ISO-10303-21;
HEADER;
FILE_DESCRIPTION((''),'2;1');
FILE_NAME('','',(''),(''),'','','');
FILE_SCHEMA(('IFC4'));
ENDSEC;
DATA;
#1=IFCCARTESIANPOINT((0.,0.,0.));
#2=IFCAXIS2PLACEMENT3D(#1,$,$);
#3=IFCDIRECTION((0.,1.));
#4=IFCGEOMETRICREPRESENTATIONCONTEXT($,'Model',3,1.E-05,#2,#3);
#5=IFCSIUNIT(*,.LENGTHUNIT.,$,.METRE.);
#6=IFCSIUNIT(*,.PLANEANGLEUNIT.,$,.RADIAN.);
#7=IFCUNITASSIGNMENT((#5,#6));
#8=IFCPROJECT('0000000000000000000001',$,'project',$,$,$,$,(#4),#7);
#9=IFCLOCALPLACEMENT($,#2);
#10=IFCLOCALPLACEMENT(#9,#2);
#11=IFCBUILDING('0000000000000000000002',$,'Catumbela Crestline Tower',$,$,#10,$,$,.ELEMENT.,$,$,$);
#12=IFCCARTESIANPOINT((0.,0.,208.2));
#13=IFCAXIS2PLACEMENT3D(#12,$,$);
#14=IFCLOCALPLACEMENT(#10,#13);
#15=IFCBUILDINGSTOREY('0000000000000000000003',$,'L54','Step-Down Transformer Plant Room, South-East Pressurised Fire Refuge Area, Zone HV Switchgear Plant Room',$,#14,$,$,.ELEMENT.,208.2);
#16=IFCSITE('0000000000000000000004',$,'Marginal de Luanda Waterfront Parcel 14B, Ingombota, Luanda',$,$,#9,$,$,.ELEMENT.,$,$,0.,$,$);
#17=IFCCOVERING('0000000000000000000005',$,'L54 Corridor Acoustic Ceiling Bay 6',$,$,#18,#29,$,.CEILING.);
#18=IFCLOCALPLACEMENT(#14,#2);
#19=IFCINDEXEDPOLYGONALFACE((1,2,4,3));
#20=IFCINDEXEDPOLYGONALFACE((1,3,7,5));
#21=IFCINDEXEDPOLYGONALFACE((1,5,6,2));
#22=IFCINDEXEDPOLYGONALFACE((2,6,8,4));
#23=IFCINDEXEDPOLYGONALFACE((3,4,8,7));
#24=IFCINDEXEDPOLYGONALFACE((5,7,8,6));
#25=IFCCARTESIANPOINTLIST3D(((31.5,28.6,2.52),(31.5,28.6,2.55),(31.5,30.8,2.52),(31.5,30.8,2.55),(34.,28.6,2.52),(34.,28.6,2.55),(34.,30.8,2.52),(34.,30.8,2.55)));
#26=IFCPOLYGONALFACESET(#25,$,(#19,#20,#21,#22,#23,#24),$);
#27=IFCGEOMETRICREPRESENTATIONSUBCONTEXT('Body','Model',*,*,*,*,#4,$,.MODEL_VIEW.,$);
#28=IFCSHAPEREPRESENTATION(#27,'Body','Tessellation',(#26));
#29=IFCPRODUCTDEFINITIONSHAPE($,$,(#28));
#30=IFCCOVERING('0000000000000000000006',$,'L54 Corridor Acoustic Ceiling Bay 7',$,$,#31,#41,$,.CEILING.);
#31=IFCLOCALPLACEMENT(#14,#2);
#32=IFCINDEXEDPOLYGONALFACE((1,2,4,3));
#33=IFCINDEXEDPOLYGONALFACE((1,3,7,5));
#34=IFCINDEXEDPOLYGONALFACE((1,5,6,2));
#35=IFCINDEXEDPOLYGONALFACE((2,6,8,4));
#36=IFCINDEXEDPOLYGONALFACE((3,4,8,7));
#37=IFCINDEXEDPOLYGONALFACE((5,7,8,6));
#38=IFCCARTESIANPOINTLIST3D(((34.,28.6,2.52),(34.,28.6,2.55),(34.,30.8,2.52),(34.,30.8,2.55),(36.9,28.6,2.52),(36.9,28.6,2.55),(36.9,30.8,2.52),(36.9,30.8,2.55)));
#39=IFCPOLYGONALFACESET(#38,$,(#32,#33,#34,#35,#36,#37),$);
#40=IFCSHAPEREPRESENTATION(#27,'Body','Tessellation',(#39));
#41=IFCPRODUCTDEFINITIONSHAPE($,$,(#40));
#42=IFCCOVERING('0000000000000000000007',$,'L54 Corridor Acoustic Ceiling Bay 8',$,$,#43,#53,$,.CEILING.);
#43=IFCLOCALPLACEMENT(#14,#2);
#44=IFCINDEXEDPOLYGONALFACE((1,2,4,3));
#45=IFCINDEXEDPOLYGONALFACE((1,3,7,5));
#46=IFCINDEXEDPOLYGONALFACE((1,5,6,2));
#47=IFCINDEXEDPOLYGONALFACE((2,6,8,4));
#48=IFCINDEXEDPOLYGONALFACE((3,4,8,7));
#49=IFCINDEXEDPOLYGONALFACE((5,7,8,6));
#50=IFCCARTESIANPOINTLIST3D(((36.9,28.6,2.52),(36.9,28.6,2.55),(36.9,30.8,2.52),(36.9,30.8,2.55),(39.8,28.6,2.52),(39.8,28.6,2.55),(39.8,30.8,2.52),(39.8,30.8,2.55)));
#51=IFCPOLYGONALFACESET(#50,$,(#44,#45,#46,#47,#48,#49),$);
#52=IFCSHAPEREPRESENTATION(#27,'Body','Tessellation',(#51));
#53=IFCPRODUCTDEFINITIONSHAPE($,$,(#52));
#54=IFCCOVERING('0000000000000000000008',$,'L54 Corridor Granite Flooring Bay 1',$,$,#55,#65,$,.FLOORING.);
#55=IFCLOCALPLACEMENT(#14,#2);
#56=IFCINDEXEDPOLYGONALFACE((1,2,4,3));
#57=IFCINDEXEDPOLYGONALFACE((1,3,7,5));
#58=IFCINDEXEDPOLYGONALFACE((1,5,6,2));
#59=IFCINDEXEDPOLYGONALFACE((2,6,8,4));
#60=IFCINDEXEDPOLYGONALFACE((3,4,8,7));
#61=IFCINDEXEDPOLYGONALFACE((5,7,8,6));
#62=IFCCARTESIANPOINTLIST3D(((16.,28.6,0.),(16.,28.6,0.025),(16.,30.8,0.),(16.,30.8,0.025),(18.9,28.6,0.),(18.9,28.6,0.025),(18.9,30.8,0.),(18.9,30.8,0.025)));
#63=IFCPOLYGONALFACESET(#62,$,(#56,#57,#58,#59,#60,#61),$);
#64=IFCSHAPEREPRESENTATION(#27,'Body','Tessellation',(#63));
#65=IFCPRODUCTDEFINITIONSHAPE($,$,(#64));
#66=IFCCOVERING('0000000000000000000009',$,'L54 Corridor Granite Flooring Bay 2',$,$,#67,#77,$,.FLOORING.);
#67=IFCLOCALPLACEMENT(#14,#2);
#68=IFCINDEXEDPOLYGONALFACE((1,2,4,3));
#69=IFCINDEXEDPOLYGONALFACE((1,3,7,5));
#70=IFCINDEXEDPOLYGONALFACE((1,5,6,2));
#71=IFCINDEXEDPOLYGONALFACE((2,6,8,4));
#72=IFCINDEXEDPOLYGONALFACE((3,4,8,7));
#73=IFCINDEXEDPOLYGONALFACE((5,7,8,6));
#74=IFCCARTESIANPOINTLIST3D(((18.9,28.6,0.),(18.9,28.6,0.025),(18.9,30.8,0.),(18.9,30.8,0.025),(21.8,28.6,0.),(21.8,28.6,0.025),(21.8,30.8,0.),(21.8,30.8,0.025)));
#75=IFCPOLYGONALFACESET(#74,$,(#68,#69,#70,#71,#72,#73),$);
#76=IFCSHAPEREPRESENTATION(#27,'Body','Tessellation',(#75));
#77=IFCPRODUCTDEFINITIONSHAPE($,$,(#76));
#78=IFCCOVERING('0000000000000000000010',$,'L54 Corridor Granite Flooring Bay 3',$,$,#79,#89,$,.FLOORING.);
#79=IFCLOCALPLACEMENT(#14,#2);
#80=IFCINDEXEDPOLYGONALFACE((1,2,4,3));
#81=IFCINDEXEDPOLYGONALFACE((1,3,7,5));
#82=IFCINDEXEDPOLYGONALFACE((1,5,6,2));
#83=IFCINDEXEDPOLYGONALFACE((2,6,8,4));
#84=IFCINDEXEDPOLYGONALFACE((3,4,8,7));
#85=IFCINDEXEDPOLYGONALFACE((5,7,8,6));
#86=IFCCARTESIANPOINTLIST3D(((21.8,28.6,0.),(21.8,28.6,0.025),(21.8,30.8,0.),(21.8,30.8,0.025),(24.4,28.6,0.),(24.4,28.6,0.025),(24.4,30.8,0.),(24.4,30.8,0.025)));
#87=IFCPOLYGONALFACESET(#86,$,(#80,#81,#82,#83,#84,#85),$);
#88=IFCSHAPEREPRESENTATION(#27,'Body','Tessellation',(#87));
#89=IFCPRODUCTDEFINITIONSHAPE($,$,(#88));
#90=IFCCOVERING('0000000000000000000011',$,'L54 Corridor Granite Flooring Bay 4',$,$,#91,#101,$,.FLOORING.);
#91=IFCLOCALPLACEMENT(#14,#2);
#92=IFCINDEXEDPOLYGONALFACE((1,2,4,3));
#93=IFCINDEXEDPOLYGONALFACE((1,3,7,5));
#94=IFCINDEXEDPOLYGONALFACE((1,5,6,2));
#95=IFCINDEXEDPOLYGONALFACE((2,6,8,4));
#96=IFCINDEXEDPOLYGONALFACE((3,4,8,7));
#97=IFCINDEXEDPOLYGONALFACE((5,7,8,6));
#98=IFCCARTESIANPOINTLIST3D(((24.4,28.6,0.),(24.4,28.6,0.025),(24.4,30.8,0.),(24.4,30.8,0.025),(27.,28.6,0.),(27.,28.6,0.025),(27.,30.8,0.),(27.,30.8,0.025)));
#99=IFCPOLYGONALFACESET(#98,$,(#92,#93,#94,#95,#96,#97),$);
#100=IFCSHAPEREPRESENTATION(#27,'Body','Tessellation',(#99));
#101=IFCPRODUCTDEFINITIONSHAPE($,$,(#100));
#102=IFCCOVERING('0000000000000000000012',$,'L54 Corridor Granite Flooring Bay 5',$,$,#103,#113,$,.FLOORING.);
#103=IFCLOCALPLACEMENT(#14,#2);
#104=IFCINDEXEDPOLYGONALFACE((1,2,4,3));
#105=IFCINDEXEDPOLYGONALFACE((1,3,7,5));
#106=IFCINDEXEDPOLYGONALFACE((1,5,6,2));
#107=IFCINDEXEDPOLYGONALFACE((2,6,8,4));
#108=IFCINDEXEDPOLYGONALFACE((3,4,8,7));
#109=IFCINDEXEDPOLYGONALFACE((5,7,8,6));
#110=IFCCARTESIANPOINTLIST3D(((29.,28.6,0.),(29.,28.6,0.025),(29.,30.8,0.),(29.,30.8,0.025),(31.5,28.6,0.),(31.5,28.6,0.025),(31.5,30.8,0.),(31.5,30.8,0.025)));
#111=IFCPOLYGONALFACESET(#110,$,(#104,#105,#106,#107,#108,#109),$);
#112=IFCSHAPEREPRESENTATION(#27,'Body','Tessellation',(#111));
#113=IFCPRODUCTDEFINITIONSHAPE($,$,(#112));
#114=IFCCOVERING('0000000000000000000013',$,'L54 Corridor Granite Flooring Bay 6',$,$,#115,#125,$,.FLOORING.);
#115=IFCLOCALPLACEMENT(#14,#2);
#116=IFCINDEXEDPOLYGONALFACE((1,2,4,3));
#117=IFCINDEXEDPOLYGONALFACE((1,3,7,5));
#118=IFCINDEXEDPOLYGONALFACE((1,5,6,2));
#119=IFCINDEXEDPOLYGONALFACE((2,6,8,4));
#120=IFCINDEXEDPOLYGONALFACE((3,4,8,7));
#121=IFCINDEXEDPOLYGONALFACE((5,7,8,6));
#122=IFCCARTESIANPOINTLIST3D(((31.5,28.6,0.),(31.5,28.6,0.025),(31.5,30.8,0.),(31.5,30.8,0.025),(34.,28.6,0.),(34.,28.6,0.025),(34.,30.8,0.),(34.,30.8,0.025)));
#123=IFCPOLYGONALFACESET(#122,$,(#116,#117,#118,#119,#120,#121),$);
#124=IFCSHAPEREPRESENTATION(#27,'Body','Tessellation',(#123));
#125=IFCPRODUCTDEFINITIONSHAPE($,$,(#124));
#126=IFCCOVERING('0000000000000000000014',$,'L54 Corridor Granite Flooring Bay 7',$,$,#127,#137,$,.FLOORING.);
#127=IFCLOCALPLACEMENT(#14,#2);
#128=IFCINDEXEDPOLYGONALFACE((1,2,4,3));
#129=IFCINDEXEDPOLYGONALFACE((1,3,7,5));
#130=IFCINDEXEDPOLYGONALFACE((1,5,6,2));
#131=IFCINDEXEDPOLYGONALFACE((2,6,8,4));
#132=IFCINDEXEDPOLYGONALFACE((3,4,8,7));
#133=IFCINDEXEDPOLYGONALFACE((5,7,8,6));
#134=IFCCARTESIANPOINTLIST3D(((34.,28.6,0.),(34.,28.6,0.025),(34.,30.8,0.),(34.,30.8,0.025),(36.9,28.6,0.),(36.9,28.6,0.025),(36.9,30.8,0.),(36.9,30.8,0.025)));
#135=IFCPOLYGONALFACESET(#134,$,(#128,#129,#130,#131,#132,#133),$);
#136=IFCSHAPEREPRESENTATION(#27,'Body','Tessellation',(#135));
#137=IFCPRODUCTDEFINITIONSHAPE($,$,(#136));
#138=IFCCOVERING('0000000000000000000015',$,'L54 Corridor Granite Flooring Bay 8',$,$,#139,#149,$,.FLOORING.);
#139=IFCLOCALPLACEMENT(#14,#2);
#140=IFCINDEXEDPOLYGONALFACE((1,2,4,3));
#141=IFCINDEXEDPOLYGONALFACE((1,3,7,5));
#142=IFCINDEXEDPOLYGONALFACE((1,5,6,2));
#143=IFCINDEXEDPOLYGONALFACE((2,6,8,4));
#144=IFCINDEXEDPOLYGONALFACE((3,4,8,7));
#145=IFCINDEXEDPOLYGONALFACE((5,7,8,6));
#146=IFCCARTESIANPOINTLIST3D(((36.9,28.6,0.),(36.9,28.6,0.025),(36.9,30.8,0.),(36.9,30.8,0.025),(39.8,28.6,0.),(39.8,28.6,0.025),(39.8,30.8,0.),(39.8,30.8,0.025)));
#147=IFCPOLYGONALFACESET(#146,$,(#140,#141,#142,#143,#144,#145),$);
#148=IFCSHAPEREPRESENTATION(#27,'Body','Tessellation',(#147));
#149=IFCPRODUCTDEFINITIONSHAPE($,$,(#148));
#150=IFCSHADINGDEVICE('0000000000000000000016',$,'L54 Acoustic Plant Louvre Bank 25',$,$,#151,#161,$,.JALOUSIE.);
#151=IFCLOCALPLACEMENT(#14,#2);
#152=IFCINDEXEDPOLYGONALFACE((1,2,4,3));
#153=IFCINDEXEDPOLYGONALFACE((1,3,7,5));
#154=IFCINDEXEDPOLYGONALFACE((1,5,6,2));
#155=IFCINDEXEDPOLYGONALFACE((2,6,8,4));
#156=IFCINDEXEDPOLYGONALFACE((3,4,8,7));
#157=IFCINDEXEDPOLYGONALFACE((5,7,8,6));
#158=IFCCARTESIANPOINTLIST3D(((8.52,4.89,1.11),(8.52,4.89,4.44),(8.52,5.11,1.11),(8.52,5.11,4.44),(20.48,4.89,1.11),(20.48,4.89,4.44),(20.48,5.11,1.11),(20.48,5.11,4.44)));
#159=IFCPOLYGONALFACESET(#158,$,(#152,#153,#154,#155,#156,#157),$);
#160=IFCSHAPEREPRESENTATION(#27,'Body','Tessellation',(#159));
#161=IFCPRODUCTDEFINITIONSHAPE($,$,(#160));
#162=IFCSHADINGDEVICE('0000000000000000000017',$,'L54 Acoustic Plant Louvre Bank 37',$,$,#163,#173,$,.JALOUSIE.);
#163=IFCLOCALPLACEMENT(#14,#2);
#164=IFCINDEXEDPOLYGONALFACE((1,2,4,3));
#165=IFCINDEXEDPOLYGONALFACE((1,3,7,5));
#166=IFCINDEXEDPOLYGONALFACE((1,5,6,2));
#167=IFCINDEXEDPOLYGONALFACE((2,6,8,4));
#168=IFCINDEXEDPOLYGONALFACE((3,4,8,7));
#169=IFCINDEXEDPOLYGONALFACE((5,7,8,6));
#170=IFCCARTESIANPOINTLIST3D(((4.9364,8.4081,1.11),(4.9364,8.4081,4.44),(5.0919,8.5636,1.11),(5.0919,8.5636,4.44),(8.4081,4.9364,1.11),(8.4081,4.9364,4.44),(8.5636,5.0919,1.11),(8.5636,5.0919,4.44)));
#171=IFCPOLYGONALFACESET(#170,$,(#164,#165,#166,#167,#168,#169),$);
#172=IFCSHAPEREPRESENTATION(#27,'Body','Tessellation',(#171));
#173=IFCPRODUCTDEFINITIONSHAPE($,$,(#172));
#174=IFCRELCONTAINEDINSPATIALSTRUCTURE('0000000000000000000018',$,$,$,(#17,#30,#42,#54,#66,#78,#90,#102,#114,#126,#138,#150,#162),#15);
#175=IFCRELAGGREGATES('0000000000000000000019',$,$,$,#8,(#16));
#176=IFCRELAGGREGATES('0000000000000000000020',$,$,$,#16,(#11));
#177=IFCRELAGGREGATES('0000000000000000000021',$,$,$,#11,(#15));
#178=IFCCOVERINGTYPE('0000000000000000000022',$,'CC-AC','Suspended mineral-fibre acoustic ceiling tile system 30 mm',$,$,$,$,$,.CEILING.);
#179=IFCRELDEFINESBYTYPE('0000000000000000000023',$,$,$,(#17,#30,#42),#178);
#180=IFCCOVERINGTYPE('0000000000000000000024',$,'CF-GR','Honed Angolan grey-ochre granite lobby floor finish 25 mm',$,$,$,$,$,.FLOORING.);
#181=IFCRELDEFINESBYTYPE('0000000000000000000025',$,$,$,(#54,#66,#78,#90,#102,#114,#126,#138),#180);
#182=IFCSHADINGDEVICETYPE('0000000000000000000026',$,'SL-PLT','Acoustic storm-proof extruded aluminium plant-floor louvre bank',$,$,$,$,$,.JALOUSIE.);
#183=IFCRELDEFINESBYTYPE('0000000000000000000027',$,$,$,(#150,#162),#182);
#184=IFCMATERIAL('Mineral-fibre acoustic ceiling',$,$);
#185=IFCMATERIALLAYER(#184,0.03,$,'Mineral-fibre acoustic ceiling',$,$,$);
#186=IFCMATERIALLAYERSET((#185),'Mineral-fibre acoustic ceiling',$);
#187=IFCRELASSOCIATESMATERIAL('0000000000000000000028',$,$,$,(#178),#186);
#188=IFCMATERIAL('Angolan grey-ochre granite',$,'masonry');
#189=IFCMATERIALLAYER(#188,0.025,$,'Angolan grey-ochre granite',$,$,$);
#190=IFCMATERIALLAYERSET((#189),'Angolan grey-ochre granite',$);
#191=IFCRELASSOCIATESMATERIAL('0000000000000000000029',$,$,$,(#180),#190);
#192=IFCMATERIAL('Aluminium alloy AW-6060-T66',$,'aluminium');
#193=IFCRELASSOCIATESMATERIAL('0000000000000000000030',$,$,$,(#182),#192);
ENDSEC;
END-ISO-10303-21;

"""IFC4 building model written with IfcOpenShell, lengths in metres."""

from ifc_helpers import new_model, si_unit, direction, frame, origin, origin_2d, place, context, subcontext, project, spatial, polyline, rectangle, outline, extrude, material, layer, layer_set, type_object, element, save


model = new_model("IFC4")

# Units and contexts
model_context = context("Model", 3, precision=1e-05, world=origin(), true_north=direction((0.0, 1.0)))
body_context = subcontext(model_context, "Body", "Model", "MODEL_VIEW")
ifc_project = project(units=[si_unit("LENGTHUNIT", "METRE"), si_unit("PLANEANGLEUNIT", "RADIAN")], contexts=[model_context])

# Site, building, storey
site_placement = place(None, origin())
site = spatial("IfcSite", under=ifc_project, at=site_placement, Name="Marginal de Luanda Waterfront Parcel 14B, Ingombota, Luanda", CompositionType="ELEMENT", RefElevation=0.0)
building_placement = place(site_placement, origin())
building = spatial("IfcBuilding", under=site, at=building_placement, Name="Catumbela Crestline Tower", CompositionType="ELEMENT")
storey_placement = place(building_placement, frame((0.0, 0.0, 208.2)))
storey = spatial("IfcBuildingStorey", under=building, at=storey_placement, Name="L54", Description="Step-Down Transformer Plant Room, South-East Pressurised Fire Refuge Area, Zone HV Switchgear Plant Room", CompositionType="ELEMENT", Elevation=208.2)

# Shared definitions
ifc_material_1 = material(Name="Angolan grey-ochre granite", Category="masonry")

# Coverings
ifc_material_2 = material(Name="Mineral-fibre acoustic ceiling")
ifc_layer_1 = layer(ifc_material_2, 0.03, Name="Mineral-fibre acoustic ceiling")
ifc_layer_set_1 = layer_set([ifc_layer_1], Name="Mineral-fibre acoustic ceiling")
covering_type_1 = type_object("IfcCoveringType", Name="CC-AC", Description="Suspended mineral-fibre acoustic ceiling tile system 30 mm", PredefinedType="CEILING", material=ifc_layer_set_1)
covering_1_placement = place(storey_placement, frame((0.0, 0.0, 2.52)))
element("IfcCovering", 1, at=covering_1_placement, inside=storey, type_object=covering_type_1, Name="L54 Corridor Acoustic Ceiling Bay 6", PredefinedType="CEILING", context=body_context, shape_type="SweptSolid", body=[
    extrude(outline(polyline([(31.5, 28.6), (34.0, 28.6), (34.0, 30.8), (31.5, 30.8), (31.5, 28.6)])), origin(), (0.0, 0.0, 1.0), 0.03),
])
covering_2_placement = place(storey_placement, frame((0.0, 0.0, 2.52)))
element("IfcCovering", 2, at=covering_2_placement, inside=storey, type_object=covering_type_1, Name="L54 Corridor Acoustic Ceiling Bay 7", PredefinedType="CEILING", context=body_context, shape_type="SweptSolid", body=[
    extrude(outline(polyline([(34.0, 28.6), (36.9, 28.6), (36.9, 30.8), (34.0, 30.8), (34.0, 28.6)])), origin(), (0.0, 0.0, 1.0), 0.03),
])
covering_3_placement = place(storey_placement, frame((0.0, 0.0, 2.52)))
element("IfcCovering", 3, at=covering_3_placement, inside=storey, type_object=covering_type_1, Name="L54 Corridor Acoustic Ceiling Bay 8", PredefinedType="CEILING", context=body_context, shape_type="SweptSolid", body=[
    extrude(outline(polyline([(36.9, 28.6), (39.8, 28.6), (39.8, 30.8), (36.9, 30.8), (36.9, 28.6)])), origin(), (0.0, 0.0, 1.0), 0.03),
])
ifc_layer_2 = layer(ifc_material_1, 0.025, Name="Angolan grey-ochre granite")
ifc_layer_set_2 = layer_set([ifc_layer_2], Name="Angolan grey-ochre granite")
covering_type_2 = type_object("IfcCoveringType", Name="CF-GR", Description="Honed Angolan grey-ochre granite lobby floor finish 25 mm", PredefinedType="FLOORING", material=ifc_layer_set_2)
covering_4_placement = place(storey_placement, origin())
element("IfcCovering", 4, at=covering_4_placement, inside=storey, type_object=covering_type_2, Name="L54 Corridor Granite Flooring Bay 1", PredefinedType="FLOORING", context=body_context, shape_type="SweptSolid", body=[
    extrude(outline(polyline([(16.0, 28.6), (18.9, 28.6), (18.9, 30.8), (16.0, 30.8), (16.0, 28.6)])), origin(), (0.0, 0.0, 1.0), 0.025),
])
covering_5_placement = place(storey_placement, origin())
element("IfcCovering", 5, at=covering_5_placement, inside=storey, type_object=covering_type_2, Name="L54 Corridor Granite Flooring Bay 2", PredefinedType="FLOORING", context=body_context, shape_type="SweptSolid", body=[
    extrude(outline(polyline([(18.9, 28.6), (21.8, 28.6), (21.8, 30.8), (18.9, 30.8), (18.9, 28.6)])), origin(), (0.0, 0.0, 1.0), 0.025),
])
covering_6_placement = place(storey_placement, origin())
element("IfcCovering", 6, at=covering_6_placement, inside=storey, type_object=covering_type_2, Name="L54 Corridor Granite Flooring Bay 3", PredefinedType="FLOORING", context=body_context, shape_type="SweptSolid", body=[
    extrude(outline(polyline([(21.8, 28.6), (24.4, 28.6), (24.4, 30.8), (21.8, 30.8), (21.8, 28.6)])), origin(), (0.0, 0.0, 1.0), 0.025),
])
covering_7_placement = place(storey_placement, origin())
element("IfcCovering", 7, at=covering_7_placement, inside=storey, type_object=covering_type_2, Name="L54 Corridor Granite Flooring Bay 4", PredefinedType="FLOORING", context=body_context, shape_type="SweptSolid", body=[
    extrude(outline(polyline([(24.4, 28.6), (27.0, 28.6), (27.0, 30.8), (24.4, 30.8), (24.4, 28.6)])), origin(), (0.0, 0.0, 1.0), 0.025),
])
covering_8_placement = place(storey_placement, origin())
element("IfcCovering", 8, at=covering_8_placement, inside=storey, type_object=covering_type_2, Name="L54 Corridor Granite Flooring Bay 5", PredefinedType="FLOORING", context=body_context, shape_type="SweptSolid", body=[
    extrude(outline(polyline([(29.0, 28.6), (31.5, 28.6), (31.5, 30.8), (29.0, 30.8), (29.0, 28.6)])), origin(), (0.0, 0.0, 1.0), 0.025),
])
covering_9_placement = place(storey_placement, origin())
element("IfcCovering", 9, at=covering_9_placement, inside=storey, type_object=covering_type_2, Name="L54 Corridor Granite Flooring Bay 6", PredefinedType="FLOORING", context=body_context, shape_type="SweptSolid", body=[
    extrude(outline(polyline([(31.5, 28.6), (34.0, 28.6), (34.0, 30.8), (31.5, 30.8), (31.5, 28.6)])), origin(), (0.0, 0.0, 1.0), 0.025),
])
covering_10_placement = place(storey_placement, origin())
element("IfcCovering", 10, at=covering_10_placement, inside=storey, type_object=covering_type_2, Name="L54 Corridor Granite Flooring Bay 7", PredefinedType="FLOORING", context=body_context, shape_type="SweptSolid", body=[
    extrude(outline(polyline([(34.0, 28.6), (36.9, 28.6), (36.9, 30.8), (34.0, 30.8), (34.0, 28.6)])), origin(), (0.0, 0.0, 1.0), 0.025),
])
covering_11_placement = place(storey_placement, origin())
element("IfcCovering", 11, at=covering_11_placement, inside=storey, type_object=covering_type_2, Name="L54 Corridor Granite Flooring Bay 8", PredefinedType="FLOORING", context=body_context, shape_type="SweptSolid", body=[
    extrude(outline(polyline([(36.9, 28.6), (39.8, 28.6), (39.8, 30.8), (36.9, 30.8), (36.9, 28.6)])), origin(), (0.0, 0.0, 1.0), 0.025),
])

# Shading devices
ifc_material_3 = material(Name="Aluminium alloy AW-6060-T66", Category="aluminium")
shading_device_type = type_object("IfcShadingDeviceType", Name="SL-PLT", Description="Acoustic storm-proof extruded aluminium plant-floor louvre bank", PredefinedType="JALOUSIE", material=ifc_material_3)
shading_device_1_placement = place(storey_placement, frame((14.5, 5.0, 1.11), z_axis=(0.0, 0.0, 1.0), x_axis=(1.0, 0.0, 0.0)))
element("IfcShadingDevice", 12, at=shading_device_1_placement, inside=storey, type_object=shading_device_type, Name="L54 Acoustic Plant Louvre Bank 25", PredefinedType="JALOUSIE", context=body_context, shape_type="SweptSolid", body=[
    extrude(rectangle(XDim=11.96, YDim=0.22, at=origin_2d()), origin(), (0.0, 0.0, 1.0), 3.33),
])
shading_device_2_placement = place(storey_placement, frame((6.75, 6.75, 1.11), z_axis=(0.0, 0.0, 1.0), x_axis=(0.707107, -0.707107, 0.0)))
element("IfcShadingDevice", 13, at=shading_device_2_placement, inside=storey, type_object=shading_device_type, Name="L54 Acoustic Plant Louvre Bank 37", PredefinedType="JALOUSIE", context=body_context, shape_type="SweptSolid", body=[
    extrude(rectangle(XDim=4.9097, YDim=0.22, at=origin_2d()), origin(), (0.0, 0.0, 1.0), 3.33),
])

save(model, "model.ifc")
